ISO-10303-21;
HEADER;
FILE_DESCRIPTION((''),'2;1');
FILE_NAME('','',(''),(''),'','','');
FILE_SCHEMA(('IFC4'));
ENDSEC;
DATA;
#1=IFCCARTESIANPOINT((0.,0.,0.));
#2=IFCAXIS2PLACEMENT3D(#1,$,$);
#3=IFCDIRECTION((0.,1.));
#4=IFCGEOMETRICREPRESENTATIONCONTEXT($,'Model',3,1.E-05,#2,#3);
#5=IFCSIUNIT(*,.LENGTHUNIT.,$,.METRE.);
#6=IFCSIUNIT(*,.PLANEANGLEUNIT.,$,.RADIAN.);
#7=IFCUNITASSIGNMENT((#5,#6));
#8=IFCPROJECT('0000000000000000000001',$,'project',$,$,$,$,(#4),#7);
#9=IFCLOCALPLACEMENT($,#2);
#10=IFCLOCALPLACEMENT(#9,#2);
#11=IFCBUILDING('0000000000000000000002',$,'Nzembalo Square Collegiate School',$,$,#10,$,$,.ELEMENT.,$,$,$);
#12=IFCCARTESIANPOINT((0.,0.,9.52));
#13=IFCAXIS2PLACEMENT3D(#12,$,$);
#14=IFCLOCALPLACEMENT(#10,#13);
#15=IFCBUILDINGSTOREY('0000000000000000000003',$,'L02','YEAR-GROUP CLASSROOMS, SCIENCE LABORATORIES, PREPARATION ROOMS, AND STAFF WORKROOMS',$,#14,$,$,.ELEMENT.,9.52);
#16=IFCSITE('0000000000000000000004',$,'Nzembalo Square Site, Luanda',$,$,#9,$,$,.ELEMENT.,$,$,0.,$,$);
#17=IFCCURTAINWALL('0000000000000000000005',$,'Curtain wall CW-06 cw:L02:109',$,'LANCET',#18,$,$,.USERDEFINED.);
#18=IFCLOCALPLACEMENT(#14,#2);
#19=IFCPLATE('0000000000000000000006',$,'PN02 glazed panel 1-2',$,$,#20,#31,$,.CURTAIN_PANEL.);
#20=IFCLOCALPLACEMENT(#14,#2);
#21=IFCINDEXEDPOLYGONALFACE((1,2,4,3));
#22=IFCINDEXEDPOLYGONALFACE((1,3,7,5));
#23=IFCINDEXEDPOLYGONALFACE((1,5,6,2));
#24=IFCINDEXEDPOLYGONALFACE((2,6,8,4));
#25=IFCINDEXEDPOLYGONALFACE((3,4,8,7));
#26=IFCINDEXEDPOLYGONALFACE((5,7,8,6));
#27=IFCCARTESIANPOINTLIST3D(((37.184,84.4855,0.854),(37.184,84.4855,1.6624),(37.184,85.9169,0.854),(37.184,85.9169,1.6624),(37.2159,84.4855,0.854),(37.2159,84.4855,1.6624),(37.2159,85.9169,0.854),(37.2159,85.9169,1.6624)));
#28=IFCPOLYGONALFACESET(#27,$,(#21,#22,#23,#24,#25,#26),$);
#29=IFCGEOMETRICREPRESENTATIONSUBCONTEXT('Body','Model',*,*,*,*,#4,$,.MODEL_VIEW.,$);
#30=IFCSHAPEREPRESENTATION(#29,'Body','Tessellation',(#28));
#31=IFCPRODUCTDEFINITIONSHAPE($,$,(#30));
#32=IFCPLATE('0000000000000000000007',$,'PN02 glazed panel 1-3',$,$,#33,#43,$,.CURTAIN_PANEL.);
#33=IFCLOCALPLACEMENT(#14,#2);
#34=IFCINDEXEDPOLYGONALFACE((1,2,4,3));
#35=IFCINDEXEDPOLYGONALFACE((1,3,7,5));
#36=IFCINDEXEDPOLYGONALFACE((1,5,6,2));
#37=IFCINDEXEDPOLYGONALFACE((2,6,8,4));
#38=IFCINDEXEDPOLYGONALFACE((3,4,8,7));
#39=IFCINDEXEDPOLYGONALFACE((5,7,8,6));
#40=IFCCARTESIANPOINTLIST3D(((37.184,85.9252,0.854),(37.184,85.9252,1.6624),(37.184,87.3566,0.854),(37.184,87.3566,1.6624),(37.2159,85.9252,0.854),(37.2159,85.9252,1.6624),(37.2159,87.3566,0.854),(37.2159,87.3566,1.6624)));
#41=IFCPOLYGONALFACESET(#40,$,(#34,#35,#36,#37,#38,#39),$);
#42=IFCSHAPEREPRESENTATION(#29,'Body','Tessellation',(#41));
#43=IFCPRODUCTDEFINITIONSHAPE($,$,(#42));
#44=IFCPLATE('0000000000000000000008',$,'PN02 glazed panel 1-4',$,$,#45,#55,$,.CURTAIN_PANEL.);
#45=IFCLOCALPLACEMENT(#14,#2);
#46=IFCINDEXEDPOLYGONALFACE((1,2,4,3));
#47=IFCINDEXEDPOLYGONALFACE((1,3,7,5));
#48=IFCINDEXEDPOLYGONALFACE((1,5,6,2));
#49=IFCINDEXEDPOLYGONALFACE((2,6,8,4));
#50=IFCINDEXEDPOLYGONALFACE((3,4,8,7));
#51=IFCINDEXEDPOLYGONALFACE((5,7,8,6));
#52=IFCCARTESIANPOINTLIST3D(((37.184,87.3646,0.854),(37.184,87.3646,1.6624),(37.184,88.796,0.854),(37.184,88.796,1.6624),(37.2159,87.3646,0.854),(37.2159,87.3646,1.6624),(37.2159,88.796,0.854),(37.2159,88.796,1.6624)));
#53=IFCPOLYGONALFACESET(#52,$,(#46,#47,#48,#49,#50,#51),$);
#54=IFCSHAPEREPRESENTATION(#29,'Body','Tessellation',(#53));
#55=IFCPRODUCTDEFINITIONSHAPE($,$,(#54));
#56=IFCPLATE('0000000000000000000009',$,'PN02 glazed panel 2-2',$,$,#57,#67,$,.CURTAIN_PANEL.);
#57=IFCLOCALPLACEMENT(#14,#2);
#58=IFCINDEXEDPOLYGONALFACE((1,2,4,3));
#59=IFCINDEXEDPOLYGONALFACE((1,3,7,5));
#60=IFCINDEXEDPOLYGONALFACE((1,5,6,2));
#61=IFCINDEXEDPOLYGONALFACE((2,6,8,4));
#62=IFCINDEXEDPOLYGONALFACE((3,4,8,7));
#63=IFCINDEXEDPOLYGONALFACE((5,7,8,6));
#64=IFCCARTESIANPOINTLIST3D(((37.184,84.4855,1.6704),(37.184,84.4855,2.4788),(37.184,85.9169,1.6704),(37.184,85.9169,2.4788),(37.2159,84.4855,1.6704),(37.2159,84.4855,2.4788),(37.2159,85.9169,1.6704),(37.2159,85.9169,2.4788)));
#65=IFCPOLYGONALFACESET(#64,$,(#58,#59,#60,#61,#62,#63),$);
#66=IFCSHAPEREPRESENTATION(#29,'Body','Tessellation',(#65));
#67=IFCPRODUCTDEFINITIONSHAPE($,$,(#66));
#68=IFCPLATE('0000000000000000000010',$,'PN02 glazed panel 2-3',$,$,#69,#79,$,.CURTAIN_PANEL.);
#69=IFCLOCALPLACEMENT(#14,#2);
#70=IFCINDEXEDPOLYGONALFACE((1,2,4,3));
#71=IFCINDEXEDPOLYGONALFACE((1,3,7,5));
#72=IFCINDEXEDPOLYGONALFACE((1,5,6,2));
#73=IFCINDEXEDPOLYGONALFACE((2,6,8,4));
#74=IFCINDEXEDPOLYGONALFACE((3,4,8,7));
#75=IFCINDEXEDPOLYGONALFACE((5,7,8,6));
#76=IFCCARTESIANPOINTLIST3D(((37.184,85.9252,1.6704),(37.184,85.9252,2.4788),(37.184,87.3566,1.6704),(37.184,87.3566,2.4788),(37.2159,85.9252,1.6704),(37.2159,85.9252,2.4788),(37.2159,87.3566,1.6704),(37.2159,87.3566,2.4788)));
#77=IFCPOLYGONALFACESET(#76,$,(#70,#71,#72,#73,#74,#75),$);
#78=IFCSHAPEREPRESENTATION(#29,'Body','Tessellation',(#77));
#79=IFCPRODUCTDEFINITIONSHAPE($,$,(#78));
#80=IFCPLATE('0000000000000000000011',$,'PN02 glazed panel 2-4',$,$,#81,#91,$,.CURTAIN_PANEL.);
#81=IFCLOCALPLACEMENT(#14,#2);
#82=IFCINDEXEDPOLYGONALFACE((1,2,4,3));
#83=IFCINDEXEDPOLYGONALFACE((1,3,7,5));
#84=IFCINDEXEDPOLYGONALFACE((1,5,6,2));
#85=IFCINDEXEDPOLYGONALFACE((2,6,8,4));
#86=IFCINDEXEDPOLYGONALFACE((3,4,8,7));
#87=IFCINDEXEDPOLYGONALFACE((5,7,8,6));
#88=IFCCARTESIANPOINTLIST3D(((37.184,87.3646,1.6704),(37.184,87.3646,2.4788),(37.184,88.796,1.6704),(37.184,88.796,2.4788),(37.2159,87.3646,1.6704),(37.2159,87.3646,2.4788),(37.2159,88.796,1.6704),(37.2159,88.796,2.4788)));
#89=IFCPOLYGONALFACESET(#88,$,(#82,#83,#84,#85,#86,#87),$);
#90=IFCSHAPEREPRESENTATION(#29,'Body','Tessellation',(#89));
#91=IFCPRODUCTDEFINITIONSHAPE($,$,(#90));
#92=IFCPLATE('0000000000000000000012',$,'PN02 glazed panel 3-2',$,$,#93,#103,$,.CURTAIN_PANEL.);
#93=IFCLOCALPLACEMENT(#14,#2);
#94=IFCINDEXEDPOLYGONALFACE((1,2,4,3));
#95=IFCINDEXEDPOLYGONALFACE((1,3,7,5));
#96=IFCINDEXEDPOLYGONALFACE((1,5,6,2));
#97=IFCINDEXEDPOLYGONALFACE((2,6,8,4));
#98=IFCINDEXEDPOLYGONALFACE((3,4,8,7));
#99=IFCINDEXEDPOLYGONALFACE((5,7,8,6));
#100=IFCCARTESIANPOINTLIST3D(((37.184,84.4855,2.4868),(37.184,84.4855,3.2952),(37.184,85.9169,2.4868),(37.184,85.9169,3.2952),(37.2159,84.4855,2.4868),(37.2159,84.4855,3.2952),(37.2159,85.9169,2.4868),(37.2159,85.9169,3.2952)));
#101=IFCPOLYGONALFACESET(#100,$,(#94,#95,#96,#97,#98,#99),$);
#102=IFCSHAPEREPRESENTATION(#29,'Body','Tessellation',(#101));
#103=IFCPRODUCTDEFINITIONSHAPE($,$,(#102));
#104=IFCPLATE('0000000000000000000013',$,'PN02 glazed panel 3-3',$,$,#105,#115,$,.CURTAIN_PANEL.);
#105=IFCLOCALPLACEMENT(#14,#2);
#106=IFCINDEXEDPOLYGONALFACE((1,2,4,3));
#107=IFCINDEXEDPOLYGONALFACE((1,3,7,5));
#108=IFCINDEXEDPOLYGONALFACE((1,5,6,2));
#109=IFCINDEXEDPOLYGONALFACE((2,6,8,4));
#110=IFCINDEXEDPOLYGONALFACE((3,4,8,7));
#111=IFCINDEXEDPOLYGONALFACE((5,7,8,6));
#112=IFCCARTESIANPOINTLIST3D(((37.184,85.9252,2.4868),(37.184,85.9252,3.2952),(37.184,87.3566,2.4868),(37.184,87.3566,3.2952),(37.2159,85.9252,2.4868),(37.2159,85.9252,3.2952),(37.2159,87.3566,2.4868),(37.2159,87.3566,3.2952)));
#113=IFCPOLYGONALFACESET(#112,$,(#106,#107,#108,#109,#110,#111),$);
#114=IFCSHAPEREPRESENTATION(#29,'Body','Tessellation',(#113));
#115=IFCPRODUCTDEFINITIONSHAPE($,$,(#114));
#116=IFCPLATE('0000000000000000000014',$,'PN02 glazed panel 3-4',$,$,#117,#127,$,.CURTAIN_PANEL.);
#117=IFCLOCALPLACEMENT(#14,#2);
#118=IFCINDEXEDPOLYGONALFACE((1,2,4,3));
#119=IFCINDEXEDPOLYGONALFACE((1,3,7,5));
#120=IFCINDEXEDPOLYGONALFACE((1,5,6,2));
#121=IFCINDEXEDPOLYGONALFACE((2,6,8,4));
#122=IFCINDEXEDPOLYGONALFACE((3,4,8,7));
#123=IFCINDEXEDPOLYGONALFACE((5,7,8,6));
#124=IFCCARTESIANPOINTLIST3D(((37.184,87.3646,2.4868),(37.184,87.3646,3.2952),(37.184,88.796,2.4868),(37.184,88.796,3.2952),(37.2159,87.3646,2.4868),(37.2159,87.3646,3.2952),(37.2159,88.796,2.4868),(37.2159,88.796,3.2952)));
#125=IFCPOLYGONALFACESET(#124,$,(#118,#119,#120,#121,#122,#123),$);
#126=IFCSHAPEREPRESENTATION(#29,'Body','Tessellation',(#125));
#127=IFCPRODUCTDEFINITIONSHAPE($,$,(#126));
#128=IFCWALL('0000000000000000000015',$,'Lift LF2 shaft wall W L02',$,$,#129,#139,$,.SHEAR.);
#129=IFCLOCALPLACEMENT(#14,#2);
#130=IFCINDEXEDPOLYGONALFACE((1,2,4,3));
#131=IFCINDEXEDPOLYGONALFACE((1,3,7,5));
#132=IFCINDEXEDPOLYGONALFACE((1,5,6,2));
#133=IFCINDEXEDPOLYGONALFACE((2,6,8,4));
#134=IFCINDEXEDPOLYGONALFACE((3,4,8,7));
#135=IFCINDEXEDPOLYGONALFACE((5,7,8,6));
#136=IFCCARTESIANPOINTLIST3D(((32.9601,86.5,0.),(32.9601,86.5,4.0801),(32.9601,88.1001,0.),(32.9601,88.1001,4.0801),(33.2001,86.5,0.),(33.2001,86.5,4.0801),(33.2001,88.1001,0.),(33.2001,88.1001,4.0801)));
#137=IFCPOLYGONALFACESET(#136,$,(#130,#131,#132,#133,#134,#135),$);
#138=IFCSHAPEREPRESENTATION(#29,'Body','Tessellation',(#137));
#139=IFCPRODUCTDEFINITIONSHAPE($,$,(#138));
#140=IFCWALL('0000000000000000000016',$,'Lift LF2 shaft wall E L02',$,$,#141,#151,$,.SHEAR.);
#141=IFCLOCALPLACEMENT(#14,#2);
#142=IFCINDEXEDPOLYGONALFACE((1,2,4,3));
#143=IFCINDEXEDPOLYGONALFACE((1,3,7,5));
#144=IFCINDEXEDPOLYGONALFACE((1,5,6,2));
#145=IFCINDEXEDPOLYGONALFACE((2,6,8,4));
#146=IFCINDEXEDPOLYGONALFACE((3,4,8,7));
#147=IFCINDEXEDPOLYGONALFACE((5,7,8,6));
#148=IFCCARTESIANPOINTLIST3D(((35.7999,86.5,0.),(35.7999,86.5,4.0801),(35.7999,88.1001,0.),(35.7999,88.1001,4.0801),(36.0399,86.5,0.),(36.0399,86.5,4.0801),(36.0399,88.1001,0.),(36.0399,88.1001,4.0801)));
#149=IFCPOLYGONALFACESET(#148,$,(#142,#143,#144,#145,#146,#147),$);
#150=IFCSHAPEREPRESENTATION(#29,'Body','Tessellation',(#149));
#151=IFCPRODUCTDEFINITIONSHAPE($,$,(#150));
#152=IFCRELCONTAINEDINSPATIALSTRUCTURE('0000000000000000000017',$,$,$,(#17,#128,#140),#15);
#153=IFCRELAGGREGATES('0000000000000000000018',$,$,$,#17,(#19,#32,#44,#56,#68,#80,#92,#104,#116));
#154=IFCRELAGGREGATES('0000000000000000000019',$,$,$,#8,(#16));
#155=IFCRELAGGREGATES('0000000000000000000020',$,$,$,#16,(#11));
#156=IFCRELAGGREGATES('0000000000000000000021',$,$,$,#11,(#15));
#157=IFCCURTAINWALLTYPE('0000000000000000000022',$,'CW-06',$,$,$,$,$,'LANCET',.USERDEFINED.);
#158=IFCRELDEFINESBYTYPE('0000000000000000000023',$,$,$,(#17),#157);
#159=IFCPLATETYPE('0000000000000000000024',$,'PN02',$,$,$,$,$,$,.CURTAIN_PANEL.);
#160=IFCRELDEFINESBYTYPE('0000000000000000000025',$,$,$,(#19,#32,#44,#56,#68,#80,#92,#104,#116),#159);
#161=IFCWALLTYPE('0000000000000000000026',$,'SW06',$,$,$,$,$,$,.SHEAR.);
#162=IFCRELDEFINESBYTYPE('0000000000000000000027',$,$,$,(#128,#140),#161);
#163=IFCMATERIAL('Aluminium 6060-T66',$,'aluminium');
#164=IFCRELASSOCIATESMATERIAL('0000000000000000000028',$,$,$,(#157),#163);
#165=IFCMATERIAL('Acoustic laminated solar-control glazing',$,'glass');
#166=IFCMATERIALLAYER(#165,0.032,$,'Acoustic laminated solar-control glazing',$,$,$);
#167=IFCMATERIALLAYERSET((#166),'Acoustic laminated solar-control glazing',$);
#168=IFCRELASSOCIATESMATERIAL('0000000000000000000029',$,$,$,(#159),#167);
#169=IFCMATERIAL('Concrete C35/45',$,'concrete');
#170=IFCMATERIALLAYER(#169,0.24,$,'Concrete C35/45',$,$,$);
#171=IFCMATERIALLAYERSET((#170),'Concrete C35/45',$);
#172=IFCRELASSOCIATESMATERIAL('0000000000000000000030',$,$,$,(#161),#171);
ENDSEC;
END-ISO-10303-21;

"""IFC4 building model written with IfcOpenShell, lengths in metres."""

from ifc_helpers import new_model, si_unit, direction, frame, frame_2d, origin, origin_2d, place, context, subcontext, project, spatial, rectangle, extrude, material, layer, layer_set, type_object, element, aggregate, save


model = new_model("IFC4")

# Units and contexts
model_context = context("Model", 3, precision=1e-05, world=origin(), true_north=direction((0.0, 1.0)))
body_context = subcontext(model_context, "Body", "Model", "MODEL_VIEW")
ifc_project = project(units=[si_unit("LENGTHUNIT", "METRE"), si_unit("PLANEANGLEUNIT", "RADIAN")], contexts=[model_context])

# Site, building, storey
site_placement = place(None, origin())
site = spatial("IfcSite", under=ifc_project, at=site_placement, Name="Nzembalo Square Site, Luanda", CompositionType="ELEMENT", RefElevation=0.0)
building_placement = place(site_placement, origin())
building = spatial("IfcBuilding", under=site, at=building_placement, Name="Nzembalo Square Collegiate School", CompositionType="ELEMENT")
storey_placement = place(building_placement, frame((0.0, 0.0, 9.52)))
storey = spatial("IfcBuildingStorey", under=building, at=storey_placement, Name="L02", Description="YEAR-GROUP CLASSROOMS, SCIENCE LABORATORIES, PREPARATION ROOMS, AND STAFF WORKROOMS", CompositionType="ELEMENT", Elevation=9.52)

# Curtain wall, plates
ifc_material_1 = material(Name="Aluminium 6060-T66", Category="aluminium")
curtain_wall_type = type_object("IfcCurtainWallType", Name="CW-06", ElementType="LANCET", PredefinedType="USERDEFINED", material=ifc_material_1)
curtain_wall_placement = place(storey_placement, origin())
curtain_wall = element("IfcCurtainWall", 1, at=curtain_wall_placement, inside=storey, type_object=curtain_wall_type, Name="Curtain wall CW-06 cw:L02:109", ObjectType="LANCET", PredefinedType="USERDEFINED")
ifc_material_2 = material(Name="Acoustic laminated solar-control glazing", Category="glass")
ifc_layer_1 = layer(ifc_material_2, 0.032, Name="Acoustic laminated solar-control glazing")
ifc_layer_set_1 = layer_set([ifc_layer_1], Name="Acoustic laminated solar-control glazing")
plate_type = type_object("IfcPlateType", Name="PN02", PredefinedType="CURTAIN_PANEL", material=ifc_layer_set_1)
plate_1_placement = place(storey_placement, frame((37.2, 85.2012, 0.854), z_axis=(0.0, 0.0, 1.0), x_axis=(0.0, 1.0, 0.0)))
plate_1 = element("IfcPlate", 2, at=plate_1_placement, type_object=plate_type, Name="PN02 glazed panel 1-2", PredefinedType="CURTAIN_PANEL", context=body_context, shape_type="SweptSolid", body=[
    extrude(rectangle(XDim=1.4314, YDim=0.032, at=origin_2d()), origin(), (0.0, 0.0, 1.0), 0.8083),
])
plate_2_placement = place(storey_placement, frame((37.2, 86.6409, 0.854), z_axis=(0.0, 0.0, 1.0), x_axis=(0.0, 1.0, 0.0)))
plate_2 = element("IfcPlate", 3, at=plate_2_placement, type_object=plate_type, Name="PN02 glazed panel 1-3", PredefinedType="CURTAIN_PANEL", context=body_context, shape_type="SweptSolid", body=[
    extrude(rectangle(XDim=1.4314, YDim=0.032, at=origin_2d()), origin(), (0.0, 0.0, 1.0), 0.8083),
])
plate_3_placement = place(storey_placement, frame((37.2, 88.0803, 0.854), z_axis=(0.0, 0.0, 1.0), x_axis=(0.0, 1.0, 0.0)))
plate_3 = element("IfcPlate", 4, at=plate_3_placement, type_object=plate_type, Name="PN02 glazed panel 1-4", PredefinedType="CURTAIN_PANEL", context=body_context, shape_type="SweptSolid", body=[
    extrude(rectangle(XDim=1.4314, YDim=0.032, at=origin_2d()), origin(), (0.0, 0.0, 1.0), 0.8083),
])
plate_4_placement = place(storey_placement, frame((37.2, 85.2012, 1.6704), z_axis=(0.0, 0.0, 1.0), x_axis=(0.0, 1.0, 0.0)))
plate_4 = element("IfcPlate", 5, at=plate_4_placement, type_object=plate_type, Name="PN02 glazed panel 2-2", PredefinedType="CURTAIN_PANEL", context=body_context, shape_type="SweptSolid", body=[
    extrude(rectangle(XDim=1.4314, YDim=0.032, at=origin_2d()), origin(), (0.0, 0.0, 1.0), 0.8083),
])
plate_5_placement = place(storey_placement, frame((37.2, 86.6409, 1.6704), z_axis=(0.0, 0.0, 1.0), x_axis=(0.0, 1.0, 0.0)))
plate_5 = element("IfcPlate", 6, at=plate_5_placement, type_object=plate_type, Name="PN02 glazed panel 2-3", PredefinedType="CURTAIN_PANEL", context=body_context, shape_type="SweptSolid", body=[
    extrude(rectangle(XDim=1.4314, YDim=0.032, at=origin_2d()), origin(), (0.0, 0.0, 1.0), 0.8083),
])
plate_6_placement = place(storey_placement, frame((37.2, 88.0803, 1.6704), z_axis=(0.0, 0.0, 1.0), x_axis=(0.0, 1.0, 0.0)))
plate_6 = element("IfcPlate", 7, at=plate_6_placement, type_object=plate_type, Name="PN02 glazed panel 2-4", PredefinedType="CURTAIN_PANEL", context=body_context, shape_type="SweptSolid", body=[
    extrude(rectangle(XDim=1.4314, YDim=0.032, at=origin_2d()), origin(), (0.0, 0.0, 1.0), 0.8083),
])
plate_7_placement = place(storey_placement, frame((37.2, 85.2012, 2.4868), z_axis=(0.0, 0.0, 1.0), x_axis=(0.0, 1.0, 0.0)))
plate_7 = element("IfcPlate", 8, at=plate_7_placement, type_object=plate_type, Name="PN02 glazed panel 3-2", PredefinedType="CURTAIN_PANEL", context=body_context, shape_type="SweptSolid", body=[
    extrude(rectangle(XDim=1.4314, YDim=0.032, at=origin_2d()), origin(), (0.0, 0.0, 1.0), 0.8083),
])
plate_8_placement = place(storey_placement, frame((37.2, 86.6409, 2.4868), z_axis=(0.0, 0.0, 1.0), x_axis=(0.0, 1.0, 0.0)))
plate_8 = element("IfcPlate", 9, at=plate_8_placement, type_object=plate_type, Name="PN02 glazed panel 3-3", PredefinedType="CURTAIN_PANEL", context=body_context, shape_type="SweptSolid", body=[
    extrude(rectangle(XDim=1.4314, YDim=0.032, at=origin_2d()), origin(), (0.0, 0.0, 1.0), 0.8083),
])
plate_9_placement = place(storey_placement, frame((37.2, 88.0803, 2.4868), z_axis=(0.0, 0.0, 1.0), x_axis=(0.0, 1.0, 0.0)))
plate_9 = element("IfcPlate", 10, at=plate_9_placement, type_object=plate_type, Name="PN02 glazed panel 3-4", PredefinedType="CURTAIN_PANEL", context=body_context, shape_type="SweptSolid", body=[
    extrude(rectangle(XDim=1.4314, YDim=0.032, at=origin_2d()), origin(), (0.0, 0.0, 1.0), 0.8083),
])
aggregate(curtain_wall, [plate_1, plate_2, plate_3, plate_4, plate_5, plate_6, plate_7, plate_8, plate_9])

# Walls
ifc_material_3 = material(Name="Concrete C35/45", Category="concrete")
ifc_layer_2 = layer(ifc_material_3, 0.24, Name="Concrete C35/45")
ifc_layer_set_2 = layer_set([ifc_layer_2], Name="Concrete C35/45")
wall_type = type_object("IfcWallType", Name="SW06", PredefinedType="SHEAR", material=ifc_layer_set_2)
for number, where, z_axis, x_axis, name in (
    (11, (33.0801, 86.5, 0.0), (0.0, 0.0, 1.0), (0.0, 1.0, 0.0), "Lift LF2 shaft wall W L02"),
    (12, (35.9199, 86.5, 0.0), (0.0, 0.0, 1.0), (0.0, 1.0, 0.0), "Lift LF2 shaft wall E L02"),
):
    element("IfcWall", number, at=place(storey_placement, frame(where, z_axis=z_axis, x_axis=x_axis)), inside=storey, type_object=wall_type, Name=name, PredefinedType="SHEAR", context=body_context, shape_type="SweptSolid", body=[
        extrude(rectangle(XDim=1.6001, YDim=0.24, at=frame_2d((0.8, 0.0))), origin(), (0.0, 0.0, 1.0), 4.0801),
    ])

save(model, "model.ifc")
